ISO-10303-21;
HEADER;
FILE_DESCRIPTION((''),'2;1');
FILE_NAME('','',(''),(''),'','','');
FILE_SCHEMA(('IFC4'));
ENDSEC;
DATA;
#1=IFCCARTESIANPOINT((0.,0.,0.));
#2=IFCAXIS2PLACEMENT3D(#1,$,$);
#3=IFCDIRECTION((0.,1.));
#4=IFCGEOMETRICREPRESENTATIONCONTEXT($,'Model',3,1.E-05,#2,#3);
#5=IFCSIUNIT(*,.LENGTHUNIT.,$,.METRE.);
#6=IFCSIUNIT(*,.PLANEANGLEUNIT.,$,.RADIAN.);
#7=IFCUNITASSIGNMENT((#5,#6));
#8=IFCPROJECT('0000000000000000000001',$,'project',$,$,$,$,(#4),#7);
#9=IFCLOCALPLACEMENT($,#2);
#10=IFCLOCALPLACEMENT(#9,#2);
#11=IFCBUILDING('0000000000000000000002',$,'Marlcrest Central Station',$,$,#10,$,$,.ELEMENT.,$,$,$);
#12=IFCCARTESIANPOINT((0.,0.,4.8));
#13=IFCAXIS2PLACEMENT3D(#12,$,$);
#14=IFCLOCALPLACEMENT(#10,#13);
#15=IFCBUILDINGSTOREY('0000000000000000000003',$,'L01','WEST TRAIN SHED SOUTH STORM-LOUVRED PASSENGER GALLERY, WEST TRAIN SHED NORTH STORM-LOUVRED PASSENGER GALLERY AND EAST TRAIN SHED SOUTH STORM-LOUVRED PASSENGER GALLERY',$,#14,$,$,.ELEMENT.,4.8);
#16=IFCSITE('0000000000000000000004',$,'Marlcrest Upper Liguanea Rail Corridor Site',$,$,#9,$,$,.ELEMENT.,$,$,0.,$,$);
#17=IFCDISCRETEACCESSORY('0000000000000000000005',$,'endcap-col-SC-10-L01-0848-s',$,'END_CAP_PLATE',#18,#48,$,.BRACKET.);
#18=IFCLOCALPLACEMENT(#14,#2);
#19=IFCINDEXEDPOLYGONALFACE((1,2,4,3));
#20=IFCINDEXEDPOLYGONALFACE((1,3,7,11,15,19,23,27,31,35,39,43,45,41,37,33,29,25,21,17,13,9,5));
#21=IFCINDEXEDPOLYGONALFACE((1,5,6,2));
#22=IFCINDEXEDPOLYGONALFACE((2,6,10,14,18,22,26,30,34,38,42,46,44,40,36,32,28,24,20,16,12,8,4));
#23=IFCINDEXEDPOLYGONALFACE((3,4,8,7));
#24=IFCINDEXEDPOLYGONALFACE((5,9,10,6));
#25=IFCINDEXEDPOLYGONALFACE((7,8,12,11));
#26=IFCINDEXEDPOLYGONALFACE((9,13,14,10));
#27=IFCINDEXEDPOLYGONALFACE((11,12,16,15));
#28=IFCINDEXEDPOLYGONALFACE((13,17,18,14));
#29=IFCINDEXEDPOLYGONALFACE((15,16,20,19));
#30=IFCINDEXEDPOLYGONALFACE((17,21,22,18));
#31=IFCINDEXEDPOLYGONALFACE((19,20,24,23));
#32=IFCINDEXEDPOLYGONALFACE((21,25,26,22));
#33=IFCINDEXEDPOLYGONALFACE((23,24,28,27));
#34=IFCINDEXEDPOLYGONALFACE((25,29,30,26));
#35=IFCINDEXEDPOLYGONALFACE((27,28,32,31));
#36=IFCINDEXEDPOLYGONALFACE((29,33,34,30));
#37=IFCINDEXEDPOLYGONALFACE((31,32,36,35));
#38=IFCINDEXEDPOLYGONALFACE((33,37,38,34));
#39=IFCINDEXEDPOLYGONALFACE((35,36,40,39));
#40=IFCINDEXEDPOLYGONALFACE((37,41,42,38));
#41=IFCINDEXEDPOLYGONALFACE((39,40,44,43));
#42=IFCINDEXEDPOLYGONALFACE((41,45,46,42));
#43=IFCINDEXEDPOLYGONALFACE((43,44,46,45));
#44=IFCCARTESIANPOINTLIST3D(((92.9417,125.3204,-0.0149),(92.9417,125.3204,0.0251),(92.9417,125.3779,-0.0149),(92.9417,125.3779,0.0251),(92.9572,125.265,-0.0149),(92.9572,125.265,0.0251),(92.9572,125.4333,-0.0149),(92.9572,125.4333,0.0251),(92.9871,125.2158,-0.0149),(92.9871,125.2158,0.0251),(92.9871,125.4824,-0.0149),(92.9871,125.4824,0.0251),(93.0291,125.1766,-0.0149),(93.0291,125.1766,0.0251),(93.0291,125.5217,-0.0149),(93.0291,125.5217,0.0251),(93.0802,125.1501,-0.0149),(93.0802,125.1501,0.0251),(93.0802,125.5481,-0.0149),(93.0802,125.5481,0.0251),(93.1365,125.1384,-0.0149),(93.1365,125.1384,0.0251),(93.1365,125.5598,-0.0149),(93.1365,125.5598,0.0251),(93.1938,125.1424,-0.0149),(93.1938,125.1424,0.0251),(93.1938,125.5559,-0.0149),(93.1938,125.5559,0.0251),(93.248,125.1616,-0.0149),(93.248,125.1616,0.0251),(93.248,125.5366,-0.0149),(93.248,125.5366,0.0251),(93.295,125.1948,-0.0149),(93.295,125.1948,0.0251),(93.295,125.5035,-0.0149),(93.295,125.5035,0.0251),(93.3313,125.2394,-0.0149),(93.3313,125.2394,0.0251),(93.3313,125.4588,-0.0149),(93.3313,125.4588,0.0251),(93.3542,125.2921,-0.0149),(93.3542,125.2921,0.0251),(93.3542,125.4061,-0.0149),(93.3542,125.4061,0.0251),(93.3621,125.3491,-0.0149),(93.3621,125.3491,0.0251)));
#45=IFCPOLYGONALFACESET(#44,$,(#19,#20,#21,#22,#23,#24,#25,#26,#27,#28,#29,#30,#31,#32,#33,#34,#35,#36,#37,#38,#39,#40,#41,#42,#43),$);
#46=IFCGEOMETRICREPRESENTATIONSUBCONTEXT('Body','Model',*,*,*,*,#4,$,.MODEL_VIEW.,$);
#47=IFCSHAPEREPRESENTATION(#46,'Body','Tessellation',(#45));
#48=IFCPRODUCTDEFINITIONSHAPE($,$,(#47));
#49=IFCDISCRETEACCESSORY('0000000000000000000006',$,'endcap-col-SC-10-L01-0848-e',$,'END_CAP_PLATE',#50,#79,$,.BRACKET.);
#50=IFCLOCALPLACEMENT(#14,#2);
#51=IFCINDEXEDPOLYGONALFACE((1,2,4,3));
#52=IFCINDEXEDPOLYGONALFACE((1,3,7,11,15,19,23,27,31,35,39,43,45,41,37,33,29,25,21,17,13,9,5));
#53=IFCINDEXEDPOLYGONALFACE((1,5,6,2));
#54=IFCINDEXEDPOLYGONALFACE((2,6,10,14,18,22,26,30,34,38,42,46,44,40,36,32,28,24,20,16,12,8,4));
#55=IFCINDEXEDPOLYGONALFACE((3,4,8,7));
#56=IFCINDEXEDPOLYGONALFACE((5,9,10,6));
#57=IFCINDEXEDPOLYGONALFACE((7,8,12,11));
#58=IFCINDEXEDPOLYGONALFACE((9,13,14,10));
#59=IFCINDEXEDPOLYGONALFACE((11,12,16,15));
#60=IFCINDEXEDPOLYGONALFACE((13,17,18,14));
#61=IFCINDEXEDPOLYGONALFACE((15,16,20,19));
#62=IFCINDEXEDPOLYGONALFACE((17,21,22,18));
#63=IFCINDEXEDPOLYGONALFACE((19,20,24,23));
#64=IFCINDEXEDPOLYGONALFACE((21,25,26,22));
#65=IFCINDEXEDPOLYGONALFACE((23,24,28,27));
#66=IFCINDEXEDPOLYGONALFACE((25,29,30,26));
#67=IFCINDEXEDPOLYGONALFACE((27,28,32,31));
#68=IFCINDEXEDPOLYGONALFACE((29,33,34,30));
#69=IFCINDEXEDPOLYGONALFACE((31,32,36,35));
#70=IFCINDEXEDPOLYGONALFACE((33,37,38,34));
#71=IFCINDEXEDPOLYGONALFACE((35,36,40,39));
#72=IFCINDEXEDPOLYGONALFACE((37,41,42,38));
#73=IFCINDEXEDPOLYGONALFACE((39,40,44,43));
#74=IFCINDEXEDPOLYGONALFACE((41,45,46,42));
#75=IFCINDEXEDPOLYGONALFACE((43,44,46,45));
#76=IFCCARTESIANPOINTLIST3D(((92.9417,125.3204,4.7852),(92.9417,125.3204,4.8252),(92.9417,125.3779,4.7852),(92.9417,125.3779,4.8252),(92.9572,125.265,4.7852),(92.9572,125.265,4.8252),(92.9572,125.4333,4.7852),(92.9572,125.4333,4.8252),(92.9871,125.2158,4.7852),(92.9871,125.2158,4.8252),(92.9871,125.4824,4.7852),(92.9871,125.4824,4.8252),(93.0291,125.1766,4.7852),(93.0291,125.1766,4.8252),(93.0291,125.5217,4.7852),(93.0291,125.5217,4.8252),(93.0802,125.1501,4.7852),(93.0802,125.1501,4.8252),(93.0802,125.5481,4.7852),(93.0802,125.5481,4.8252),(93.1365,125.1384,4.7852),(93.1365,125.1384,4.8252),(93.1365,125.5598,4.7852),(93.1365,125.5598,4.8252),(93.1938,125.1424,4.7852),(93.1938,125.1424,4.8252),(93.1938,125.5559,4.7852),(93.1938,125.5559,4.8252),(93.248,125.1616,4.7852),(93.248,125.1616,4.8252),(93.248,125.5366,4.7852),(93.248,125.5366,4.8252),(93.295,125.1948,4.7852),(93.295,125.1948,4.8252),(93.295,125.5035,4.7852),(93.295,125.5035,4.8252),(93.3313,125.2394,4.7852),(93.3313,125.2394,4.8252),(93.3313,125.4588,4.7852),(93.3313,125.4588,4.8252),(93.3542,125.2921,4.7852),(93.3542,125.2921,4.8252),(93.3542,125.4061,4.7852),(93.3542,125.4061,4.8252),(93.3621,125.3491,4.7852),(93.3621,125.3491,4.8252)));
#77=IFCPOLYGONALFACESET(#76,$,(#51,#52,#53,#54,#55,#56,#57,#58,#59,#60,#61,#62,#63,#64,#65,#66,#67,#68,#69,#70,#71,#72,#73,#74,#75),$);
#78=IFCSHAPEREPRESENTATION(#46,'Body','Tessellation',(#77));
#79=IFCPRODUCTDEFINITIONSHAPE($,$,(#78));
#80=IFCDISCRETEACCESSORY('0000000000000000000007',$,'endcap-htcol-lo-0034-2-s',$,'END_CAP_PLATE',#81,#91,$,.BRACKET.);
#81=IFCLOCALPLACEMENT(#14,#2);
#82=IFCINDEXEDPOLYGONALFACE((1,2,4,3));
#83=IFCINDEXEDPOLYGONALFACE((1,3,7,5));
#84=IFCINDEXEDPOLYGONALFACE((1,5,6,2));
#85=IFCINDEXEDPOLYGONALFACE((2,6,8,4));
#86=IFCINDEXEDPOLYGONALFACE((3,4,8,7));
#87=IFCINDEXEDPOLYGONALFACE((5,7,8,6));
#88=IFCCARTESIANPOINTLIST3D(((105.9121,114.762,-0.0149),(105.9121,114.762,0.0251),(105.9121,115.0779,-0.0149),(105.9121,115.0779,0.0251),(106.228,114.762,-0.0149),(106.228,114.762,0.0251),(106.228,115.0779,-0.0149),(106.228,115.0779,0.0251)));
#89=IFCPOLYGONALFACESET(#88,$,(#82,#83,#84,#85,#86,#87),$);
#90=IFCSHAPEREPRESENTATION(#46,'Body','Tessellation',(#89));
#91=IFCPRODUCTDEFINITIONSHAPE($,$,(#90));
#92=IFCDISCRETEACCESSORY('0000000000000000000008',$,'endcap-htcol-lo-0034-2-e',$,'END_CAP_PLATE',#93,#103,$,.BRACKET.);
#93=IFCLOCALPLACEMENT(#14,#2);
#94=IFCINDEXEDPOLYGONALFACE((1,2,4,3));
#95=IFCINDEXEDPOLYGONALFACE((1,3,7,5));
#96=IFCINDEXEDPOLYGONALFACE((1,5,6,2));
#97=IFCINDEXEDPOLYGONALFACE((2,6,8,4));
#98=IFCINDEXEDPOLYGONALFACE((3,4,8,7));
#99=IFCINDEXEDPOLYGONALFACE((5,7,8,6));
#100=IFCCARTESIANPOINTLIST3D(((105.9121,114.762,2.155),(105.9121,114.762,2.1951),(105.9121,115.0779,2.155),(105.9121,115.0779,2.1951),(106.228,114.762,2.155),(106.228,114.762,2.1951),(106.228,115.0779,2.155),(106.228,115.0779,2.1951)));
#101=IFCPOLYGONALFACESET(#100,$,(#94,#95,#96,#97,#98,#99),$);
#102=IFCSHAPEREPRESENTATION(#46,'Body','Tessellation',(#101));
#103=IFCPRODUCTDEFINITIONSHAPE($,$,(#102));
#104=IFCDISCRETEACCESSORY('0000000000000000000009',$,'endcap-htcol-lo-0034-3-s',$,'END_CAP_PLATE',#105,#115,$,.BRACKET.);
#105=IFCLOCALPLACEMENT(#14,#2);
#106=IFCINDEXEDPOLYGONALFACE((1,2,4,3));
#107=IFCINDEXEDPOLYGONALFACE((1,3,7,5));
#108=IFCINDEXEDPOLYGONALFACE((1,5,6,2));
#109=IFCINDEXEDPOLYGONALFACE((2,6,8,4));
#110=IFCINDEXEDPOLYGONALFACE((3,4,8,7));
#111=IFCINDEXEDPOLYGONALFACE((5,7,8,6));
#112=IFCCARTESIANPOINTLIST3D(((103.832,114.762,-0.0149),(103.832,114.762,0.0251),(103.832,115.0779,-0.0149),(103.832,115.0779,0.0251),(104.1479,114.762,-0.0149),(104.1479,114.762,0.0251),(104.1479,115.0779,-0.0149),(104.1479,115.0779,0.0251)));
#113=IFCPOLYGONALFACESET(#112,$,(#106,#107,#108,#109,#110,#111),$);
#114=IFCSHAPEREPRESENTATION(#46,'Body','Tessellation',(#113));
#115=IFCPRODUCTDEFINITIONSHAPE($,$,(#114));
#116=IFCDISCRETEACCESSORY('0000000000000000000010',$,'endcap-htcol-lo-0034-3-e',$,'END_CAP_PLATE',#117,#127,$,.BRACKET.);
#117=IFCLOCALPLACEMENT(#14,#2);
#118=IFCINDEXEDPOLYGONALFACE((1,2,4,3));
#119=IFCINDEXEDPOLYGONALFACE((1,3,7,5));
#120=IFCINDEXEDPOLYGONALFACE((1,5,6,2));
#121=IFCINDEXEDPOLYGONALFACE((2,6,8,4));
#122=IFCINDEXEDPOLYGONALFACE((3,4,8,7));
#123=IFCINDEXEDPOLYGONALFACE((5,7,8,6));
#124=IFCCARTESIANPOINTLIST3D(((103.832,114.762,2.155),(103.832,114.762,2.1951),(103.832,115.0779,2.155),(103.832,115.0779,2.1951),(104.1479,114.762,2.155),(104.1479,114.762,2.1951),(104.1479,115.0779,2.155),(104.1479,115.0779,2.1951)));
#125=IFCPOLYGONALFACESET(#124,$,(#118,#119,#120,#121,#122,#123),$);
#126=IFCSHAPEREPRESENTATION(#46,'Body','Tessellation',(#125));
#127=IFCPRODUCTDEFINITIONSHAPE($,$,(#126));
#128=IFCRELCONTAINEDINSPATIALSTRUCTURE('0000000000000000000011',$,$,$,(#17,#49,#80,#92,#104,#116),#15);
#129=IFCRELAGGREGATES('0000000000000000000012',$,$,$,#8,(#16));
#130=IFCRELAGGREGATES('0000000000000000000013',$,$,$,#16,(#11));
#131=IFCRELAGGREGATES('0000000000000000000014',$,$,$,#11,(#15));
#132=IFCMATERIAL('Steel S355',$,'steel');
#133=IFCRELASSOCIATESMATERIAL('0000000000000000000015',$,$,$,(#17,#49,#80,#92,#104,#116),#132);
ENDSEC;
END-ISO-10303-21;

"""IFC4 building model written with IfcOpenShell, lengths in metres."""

from ifc_helpers import new_model, si_unit, direction, frame, origin, origin_2d, place, context, subcontext, project, spatial, rectangle, circle, extrude, material, element, save


model = new_model("IFC4")

# Units and contexts
model_context = context("Model", 3, precision=1e-05, world=origin(), true_north=direction((0.0, 1.0)))
body_context = subcontext(model_context, "Body", "Model", "MODEL_VIEW")
ifc_project = project(units=[si_unit("LENGTHUNIT", "METRE"), si_unit("PLANEANGLEUNIT", "RADIAN")], contexts=[model_context])

# Site, building, storey
site_placement = place(None, origin())
site = spatial("IfcSite", under=ifc_project, at=site_placement, Name="Marlcrest Upper Liguanea Rail Corridor Site", CompositionType="ELEMENT", RefElevation=0.0)
building_placement = place(site_placement, origin())
building = spatial("IfcBuilding", under=site, at=building_placement, Name="Marlcrest Central Station", CompositionType="ELEMENT")
storey_placement = place(building_placement, frame((0.0, 0.0, 4.8)))
storey = spatial("IfcBuildingStorey", under=building, at=storey_placement, Name="L01", Description="WEST TRAIN SHED SOUTH STORM-LOUVRED PASSENGER GALLERY, WEST TRAIN SHED NORTH STORM-LOUVRED PASSENGER GALLERY AND EAST TRAIN SHED SOUTH STORM-LOUVRED PASSENGER GALLERY", CompositionType="ELEMENT", Elevation=4.8)

# Shared definitions
ifc_material_1 = material(Name="Steel S355", Category="steel")

# Discrete accessories
for number, where, z_axis, x_axis, name in (
    (1, (93.1509, 125.3491, -0.0149), (0.0, 0.0, 1.0), (1.0, 0.0, 0.0), "endcap-col-SC-10-L01-0848-s"),
    (2, (93.1509, 125.3491, 4.7852), (0.0, 0.0, 1.0), (1.0, 0.0, 0.0), "endcap-col-SC-10-L01-0848-e"),
):
    element("IfcDiscreteAccessory", number, at=place(storey_placement, frame(where, z_axis=z_axis, x_axis=x_axis)), inside=storey, material=ifc_material_1, Name=name, ObjectType="END_CAP_PLATE", PredefinedType="BRACKET", context=body_context, shape_type="SweptSolid", body=[
        extrude(circle(Radius=0.2112, at=origin_2d()), origin(), (0.0, 0.0, 1.0), 0.04),
    ])
for number, where, z_axis, x_axis, name in (
    (3, (106.0701, 114.9199, -0.0149), (0.0, 0.0, 1.0), (1.0, 0.0, 0.0), "endcap-htcol-lo-0034-2-s"),
    (4, (106.0701, 114.9199, 2.155), (0.0, 0.0, 1.0), (1.0, 0.0, 0.0), "endcap-htcol-lo-0034-2-e"),
    (5, (103.99, 114.9199, -0.0149), (0.0, 0.0, 1.0), (1.0, 0.0, 0.0), "endcap-htcol-lo-0034-3-s"),
    (6, (103.99, 114.9199, 2.155), (0.0, 0.0, 1.0), (1.0, 0.0, 0.0), "endcap-htcol-lo-0034-3-e"),
):
    element("IfcDiscreteAccessory", number, at=place(storey_placement, frame(where, z_axis=z_axis, x_axis=x_axis)), inside=storey, material=ifc_material_1, Name=name, ObjectType="END_CAP_PLATE", PredefinedType="BRACKET", context=body_context, shape_type="SweptSolid", body=[
        extrude(rectangle(XDim=0.3159, YDim=0.3159, at=origin_2d()), origin(), (0.0, 0.0, 1.0), 0.04),
    ])

save(model, "model.ifc")
